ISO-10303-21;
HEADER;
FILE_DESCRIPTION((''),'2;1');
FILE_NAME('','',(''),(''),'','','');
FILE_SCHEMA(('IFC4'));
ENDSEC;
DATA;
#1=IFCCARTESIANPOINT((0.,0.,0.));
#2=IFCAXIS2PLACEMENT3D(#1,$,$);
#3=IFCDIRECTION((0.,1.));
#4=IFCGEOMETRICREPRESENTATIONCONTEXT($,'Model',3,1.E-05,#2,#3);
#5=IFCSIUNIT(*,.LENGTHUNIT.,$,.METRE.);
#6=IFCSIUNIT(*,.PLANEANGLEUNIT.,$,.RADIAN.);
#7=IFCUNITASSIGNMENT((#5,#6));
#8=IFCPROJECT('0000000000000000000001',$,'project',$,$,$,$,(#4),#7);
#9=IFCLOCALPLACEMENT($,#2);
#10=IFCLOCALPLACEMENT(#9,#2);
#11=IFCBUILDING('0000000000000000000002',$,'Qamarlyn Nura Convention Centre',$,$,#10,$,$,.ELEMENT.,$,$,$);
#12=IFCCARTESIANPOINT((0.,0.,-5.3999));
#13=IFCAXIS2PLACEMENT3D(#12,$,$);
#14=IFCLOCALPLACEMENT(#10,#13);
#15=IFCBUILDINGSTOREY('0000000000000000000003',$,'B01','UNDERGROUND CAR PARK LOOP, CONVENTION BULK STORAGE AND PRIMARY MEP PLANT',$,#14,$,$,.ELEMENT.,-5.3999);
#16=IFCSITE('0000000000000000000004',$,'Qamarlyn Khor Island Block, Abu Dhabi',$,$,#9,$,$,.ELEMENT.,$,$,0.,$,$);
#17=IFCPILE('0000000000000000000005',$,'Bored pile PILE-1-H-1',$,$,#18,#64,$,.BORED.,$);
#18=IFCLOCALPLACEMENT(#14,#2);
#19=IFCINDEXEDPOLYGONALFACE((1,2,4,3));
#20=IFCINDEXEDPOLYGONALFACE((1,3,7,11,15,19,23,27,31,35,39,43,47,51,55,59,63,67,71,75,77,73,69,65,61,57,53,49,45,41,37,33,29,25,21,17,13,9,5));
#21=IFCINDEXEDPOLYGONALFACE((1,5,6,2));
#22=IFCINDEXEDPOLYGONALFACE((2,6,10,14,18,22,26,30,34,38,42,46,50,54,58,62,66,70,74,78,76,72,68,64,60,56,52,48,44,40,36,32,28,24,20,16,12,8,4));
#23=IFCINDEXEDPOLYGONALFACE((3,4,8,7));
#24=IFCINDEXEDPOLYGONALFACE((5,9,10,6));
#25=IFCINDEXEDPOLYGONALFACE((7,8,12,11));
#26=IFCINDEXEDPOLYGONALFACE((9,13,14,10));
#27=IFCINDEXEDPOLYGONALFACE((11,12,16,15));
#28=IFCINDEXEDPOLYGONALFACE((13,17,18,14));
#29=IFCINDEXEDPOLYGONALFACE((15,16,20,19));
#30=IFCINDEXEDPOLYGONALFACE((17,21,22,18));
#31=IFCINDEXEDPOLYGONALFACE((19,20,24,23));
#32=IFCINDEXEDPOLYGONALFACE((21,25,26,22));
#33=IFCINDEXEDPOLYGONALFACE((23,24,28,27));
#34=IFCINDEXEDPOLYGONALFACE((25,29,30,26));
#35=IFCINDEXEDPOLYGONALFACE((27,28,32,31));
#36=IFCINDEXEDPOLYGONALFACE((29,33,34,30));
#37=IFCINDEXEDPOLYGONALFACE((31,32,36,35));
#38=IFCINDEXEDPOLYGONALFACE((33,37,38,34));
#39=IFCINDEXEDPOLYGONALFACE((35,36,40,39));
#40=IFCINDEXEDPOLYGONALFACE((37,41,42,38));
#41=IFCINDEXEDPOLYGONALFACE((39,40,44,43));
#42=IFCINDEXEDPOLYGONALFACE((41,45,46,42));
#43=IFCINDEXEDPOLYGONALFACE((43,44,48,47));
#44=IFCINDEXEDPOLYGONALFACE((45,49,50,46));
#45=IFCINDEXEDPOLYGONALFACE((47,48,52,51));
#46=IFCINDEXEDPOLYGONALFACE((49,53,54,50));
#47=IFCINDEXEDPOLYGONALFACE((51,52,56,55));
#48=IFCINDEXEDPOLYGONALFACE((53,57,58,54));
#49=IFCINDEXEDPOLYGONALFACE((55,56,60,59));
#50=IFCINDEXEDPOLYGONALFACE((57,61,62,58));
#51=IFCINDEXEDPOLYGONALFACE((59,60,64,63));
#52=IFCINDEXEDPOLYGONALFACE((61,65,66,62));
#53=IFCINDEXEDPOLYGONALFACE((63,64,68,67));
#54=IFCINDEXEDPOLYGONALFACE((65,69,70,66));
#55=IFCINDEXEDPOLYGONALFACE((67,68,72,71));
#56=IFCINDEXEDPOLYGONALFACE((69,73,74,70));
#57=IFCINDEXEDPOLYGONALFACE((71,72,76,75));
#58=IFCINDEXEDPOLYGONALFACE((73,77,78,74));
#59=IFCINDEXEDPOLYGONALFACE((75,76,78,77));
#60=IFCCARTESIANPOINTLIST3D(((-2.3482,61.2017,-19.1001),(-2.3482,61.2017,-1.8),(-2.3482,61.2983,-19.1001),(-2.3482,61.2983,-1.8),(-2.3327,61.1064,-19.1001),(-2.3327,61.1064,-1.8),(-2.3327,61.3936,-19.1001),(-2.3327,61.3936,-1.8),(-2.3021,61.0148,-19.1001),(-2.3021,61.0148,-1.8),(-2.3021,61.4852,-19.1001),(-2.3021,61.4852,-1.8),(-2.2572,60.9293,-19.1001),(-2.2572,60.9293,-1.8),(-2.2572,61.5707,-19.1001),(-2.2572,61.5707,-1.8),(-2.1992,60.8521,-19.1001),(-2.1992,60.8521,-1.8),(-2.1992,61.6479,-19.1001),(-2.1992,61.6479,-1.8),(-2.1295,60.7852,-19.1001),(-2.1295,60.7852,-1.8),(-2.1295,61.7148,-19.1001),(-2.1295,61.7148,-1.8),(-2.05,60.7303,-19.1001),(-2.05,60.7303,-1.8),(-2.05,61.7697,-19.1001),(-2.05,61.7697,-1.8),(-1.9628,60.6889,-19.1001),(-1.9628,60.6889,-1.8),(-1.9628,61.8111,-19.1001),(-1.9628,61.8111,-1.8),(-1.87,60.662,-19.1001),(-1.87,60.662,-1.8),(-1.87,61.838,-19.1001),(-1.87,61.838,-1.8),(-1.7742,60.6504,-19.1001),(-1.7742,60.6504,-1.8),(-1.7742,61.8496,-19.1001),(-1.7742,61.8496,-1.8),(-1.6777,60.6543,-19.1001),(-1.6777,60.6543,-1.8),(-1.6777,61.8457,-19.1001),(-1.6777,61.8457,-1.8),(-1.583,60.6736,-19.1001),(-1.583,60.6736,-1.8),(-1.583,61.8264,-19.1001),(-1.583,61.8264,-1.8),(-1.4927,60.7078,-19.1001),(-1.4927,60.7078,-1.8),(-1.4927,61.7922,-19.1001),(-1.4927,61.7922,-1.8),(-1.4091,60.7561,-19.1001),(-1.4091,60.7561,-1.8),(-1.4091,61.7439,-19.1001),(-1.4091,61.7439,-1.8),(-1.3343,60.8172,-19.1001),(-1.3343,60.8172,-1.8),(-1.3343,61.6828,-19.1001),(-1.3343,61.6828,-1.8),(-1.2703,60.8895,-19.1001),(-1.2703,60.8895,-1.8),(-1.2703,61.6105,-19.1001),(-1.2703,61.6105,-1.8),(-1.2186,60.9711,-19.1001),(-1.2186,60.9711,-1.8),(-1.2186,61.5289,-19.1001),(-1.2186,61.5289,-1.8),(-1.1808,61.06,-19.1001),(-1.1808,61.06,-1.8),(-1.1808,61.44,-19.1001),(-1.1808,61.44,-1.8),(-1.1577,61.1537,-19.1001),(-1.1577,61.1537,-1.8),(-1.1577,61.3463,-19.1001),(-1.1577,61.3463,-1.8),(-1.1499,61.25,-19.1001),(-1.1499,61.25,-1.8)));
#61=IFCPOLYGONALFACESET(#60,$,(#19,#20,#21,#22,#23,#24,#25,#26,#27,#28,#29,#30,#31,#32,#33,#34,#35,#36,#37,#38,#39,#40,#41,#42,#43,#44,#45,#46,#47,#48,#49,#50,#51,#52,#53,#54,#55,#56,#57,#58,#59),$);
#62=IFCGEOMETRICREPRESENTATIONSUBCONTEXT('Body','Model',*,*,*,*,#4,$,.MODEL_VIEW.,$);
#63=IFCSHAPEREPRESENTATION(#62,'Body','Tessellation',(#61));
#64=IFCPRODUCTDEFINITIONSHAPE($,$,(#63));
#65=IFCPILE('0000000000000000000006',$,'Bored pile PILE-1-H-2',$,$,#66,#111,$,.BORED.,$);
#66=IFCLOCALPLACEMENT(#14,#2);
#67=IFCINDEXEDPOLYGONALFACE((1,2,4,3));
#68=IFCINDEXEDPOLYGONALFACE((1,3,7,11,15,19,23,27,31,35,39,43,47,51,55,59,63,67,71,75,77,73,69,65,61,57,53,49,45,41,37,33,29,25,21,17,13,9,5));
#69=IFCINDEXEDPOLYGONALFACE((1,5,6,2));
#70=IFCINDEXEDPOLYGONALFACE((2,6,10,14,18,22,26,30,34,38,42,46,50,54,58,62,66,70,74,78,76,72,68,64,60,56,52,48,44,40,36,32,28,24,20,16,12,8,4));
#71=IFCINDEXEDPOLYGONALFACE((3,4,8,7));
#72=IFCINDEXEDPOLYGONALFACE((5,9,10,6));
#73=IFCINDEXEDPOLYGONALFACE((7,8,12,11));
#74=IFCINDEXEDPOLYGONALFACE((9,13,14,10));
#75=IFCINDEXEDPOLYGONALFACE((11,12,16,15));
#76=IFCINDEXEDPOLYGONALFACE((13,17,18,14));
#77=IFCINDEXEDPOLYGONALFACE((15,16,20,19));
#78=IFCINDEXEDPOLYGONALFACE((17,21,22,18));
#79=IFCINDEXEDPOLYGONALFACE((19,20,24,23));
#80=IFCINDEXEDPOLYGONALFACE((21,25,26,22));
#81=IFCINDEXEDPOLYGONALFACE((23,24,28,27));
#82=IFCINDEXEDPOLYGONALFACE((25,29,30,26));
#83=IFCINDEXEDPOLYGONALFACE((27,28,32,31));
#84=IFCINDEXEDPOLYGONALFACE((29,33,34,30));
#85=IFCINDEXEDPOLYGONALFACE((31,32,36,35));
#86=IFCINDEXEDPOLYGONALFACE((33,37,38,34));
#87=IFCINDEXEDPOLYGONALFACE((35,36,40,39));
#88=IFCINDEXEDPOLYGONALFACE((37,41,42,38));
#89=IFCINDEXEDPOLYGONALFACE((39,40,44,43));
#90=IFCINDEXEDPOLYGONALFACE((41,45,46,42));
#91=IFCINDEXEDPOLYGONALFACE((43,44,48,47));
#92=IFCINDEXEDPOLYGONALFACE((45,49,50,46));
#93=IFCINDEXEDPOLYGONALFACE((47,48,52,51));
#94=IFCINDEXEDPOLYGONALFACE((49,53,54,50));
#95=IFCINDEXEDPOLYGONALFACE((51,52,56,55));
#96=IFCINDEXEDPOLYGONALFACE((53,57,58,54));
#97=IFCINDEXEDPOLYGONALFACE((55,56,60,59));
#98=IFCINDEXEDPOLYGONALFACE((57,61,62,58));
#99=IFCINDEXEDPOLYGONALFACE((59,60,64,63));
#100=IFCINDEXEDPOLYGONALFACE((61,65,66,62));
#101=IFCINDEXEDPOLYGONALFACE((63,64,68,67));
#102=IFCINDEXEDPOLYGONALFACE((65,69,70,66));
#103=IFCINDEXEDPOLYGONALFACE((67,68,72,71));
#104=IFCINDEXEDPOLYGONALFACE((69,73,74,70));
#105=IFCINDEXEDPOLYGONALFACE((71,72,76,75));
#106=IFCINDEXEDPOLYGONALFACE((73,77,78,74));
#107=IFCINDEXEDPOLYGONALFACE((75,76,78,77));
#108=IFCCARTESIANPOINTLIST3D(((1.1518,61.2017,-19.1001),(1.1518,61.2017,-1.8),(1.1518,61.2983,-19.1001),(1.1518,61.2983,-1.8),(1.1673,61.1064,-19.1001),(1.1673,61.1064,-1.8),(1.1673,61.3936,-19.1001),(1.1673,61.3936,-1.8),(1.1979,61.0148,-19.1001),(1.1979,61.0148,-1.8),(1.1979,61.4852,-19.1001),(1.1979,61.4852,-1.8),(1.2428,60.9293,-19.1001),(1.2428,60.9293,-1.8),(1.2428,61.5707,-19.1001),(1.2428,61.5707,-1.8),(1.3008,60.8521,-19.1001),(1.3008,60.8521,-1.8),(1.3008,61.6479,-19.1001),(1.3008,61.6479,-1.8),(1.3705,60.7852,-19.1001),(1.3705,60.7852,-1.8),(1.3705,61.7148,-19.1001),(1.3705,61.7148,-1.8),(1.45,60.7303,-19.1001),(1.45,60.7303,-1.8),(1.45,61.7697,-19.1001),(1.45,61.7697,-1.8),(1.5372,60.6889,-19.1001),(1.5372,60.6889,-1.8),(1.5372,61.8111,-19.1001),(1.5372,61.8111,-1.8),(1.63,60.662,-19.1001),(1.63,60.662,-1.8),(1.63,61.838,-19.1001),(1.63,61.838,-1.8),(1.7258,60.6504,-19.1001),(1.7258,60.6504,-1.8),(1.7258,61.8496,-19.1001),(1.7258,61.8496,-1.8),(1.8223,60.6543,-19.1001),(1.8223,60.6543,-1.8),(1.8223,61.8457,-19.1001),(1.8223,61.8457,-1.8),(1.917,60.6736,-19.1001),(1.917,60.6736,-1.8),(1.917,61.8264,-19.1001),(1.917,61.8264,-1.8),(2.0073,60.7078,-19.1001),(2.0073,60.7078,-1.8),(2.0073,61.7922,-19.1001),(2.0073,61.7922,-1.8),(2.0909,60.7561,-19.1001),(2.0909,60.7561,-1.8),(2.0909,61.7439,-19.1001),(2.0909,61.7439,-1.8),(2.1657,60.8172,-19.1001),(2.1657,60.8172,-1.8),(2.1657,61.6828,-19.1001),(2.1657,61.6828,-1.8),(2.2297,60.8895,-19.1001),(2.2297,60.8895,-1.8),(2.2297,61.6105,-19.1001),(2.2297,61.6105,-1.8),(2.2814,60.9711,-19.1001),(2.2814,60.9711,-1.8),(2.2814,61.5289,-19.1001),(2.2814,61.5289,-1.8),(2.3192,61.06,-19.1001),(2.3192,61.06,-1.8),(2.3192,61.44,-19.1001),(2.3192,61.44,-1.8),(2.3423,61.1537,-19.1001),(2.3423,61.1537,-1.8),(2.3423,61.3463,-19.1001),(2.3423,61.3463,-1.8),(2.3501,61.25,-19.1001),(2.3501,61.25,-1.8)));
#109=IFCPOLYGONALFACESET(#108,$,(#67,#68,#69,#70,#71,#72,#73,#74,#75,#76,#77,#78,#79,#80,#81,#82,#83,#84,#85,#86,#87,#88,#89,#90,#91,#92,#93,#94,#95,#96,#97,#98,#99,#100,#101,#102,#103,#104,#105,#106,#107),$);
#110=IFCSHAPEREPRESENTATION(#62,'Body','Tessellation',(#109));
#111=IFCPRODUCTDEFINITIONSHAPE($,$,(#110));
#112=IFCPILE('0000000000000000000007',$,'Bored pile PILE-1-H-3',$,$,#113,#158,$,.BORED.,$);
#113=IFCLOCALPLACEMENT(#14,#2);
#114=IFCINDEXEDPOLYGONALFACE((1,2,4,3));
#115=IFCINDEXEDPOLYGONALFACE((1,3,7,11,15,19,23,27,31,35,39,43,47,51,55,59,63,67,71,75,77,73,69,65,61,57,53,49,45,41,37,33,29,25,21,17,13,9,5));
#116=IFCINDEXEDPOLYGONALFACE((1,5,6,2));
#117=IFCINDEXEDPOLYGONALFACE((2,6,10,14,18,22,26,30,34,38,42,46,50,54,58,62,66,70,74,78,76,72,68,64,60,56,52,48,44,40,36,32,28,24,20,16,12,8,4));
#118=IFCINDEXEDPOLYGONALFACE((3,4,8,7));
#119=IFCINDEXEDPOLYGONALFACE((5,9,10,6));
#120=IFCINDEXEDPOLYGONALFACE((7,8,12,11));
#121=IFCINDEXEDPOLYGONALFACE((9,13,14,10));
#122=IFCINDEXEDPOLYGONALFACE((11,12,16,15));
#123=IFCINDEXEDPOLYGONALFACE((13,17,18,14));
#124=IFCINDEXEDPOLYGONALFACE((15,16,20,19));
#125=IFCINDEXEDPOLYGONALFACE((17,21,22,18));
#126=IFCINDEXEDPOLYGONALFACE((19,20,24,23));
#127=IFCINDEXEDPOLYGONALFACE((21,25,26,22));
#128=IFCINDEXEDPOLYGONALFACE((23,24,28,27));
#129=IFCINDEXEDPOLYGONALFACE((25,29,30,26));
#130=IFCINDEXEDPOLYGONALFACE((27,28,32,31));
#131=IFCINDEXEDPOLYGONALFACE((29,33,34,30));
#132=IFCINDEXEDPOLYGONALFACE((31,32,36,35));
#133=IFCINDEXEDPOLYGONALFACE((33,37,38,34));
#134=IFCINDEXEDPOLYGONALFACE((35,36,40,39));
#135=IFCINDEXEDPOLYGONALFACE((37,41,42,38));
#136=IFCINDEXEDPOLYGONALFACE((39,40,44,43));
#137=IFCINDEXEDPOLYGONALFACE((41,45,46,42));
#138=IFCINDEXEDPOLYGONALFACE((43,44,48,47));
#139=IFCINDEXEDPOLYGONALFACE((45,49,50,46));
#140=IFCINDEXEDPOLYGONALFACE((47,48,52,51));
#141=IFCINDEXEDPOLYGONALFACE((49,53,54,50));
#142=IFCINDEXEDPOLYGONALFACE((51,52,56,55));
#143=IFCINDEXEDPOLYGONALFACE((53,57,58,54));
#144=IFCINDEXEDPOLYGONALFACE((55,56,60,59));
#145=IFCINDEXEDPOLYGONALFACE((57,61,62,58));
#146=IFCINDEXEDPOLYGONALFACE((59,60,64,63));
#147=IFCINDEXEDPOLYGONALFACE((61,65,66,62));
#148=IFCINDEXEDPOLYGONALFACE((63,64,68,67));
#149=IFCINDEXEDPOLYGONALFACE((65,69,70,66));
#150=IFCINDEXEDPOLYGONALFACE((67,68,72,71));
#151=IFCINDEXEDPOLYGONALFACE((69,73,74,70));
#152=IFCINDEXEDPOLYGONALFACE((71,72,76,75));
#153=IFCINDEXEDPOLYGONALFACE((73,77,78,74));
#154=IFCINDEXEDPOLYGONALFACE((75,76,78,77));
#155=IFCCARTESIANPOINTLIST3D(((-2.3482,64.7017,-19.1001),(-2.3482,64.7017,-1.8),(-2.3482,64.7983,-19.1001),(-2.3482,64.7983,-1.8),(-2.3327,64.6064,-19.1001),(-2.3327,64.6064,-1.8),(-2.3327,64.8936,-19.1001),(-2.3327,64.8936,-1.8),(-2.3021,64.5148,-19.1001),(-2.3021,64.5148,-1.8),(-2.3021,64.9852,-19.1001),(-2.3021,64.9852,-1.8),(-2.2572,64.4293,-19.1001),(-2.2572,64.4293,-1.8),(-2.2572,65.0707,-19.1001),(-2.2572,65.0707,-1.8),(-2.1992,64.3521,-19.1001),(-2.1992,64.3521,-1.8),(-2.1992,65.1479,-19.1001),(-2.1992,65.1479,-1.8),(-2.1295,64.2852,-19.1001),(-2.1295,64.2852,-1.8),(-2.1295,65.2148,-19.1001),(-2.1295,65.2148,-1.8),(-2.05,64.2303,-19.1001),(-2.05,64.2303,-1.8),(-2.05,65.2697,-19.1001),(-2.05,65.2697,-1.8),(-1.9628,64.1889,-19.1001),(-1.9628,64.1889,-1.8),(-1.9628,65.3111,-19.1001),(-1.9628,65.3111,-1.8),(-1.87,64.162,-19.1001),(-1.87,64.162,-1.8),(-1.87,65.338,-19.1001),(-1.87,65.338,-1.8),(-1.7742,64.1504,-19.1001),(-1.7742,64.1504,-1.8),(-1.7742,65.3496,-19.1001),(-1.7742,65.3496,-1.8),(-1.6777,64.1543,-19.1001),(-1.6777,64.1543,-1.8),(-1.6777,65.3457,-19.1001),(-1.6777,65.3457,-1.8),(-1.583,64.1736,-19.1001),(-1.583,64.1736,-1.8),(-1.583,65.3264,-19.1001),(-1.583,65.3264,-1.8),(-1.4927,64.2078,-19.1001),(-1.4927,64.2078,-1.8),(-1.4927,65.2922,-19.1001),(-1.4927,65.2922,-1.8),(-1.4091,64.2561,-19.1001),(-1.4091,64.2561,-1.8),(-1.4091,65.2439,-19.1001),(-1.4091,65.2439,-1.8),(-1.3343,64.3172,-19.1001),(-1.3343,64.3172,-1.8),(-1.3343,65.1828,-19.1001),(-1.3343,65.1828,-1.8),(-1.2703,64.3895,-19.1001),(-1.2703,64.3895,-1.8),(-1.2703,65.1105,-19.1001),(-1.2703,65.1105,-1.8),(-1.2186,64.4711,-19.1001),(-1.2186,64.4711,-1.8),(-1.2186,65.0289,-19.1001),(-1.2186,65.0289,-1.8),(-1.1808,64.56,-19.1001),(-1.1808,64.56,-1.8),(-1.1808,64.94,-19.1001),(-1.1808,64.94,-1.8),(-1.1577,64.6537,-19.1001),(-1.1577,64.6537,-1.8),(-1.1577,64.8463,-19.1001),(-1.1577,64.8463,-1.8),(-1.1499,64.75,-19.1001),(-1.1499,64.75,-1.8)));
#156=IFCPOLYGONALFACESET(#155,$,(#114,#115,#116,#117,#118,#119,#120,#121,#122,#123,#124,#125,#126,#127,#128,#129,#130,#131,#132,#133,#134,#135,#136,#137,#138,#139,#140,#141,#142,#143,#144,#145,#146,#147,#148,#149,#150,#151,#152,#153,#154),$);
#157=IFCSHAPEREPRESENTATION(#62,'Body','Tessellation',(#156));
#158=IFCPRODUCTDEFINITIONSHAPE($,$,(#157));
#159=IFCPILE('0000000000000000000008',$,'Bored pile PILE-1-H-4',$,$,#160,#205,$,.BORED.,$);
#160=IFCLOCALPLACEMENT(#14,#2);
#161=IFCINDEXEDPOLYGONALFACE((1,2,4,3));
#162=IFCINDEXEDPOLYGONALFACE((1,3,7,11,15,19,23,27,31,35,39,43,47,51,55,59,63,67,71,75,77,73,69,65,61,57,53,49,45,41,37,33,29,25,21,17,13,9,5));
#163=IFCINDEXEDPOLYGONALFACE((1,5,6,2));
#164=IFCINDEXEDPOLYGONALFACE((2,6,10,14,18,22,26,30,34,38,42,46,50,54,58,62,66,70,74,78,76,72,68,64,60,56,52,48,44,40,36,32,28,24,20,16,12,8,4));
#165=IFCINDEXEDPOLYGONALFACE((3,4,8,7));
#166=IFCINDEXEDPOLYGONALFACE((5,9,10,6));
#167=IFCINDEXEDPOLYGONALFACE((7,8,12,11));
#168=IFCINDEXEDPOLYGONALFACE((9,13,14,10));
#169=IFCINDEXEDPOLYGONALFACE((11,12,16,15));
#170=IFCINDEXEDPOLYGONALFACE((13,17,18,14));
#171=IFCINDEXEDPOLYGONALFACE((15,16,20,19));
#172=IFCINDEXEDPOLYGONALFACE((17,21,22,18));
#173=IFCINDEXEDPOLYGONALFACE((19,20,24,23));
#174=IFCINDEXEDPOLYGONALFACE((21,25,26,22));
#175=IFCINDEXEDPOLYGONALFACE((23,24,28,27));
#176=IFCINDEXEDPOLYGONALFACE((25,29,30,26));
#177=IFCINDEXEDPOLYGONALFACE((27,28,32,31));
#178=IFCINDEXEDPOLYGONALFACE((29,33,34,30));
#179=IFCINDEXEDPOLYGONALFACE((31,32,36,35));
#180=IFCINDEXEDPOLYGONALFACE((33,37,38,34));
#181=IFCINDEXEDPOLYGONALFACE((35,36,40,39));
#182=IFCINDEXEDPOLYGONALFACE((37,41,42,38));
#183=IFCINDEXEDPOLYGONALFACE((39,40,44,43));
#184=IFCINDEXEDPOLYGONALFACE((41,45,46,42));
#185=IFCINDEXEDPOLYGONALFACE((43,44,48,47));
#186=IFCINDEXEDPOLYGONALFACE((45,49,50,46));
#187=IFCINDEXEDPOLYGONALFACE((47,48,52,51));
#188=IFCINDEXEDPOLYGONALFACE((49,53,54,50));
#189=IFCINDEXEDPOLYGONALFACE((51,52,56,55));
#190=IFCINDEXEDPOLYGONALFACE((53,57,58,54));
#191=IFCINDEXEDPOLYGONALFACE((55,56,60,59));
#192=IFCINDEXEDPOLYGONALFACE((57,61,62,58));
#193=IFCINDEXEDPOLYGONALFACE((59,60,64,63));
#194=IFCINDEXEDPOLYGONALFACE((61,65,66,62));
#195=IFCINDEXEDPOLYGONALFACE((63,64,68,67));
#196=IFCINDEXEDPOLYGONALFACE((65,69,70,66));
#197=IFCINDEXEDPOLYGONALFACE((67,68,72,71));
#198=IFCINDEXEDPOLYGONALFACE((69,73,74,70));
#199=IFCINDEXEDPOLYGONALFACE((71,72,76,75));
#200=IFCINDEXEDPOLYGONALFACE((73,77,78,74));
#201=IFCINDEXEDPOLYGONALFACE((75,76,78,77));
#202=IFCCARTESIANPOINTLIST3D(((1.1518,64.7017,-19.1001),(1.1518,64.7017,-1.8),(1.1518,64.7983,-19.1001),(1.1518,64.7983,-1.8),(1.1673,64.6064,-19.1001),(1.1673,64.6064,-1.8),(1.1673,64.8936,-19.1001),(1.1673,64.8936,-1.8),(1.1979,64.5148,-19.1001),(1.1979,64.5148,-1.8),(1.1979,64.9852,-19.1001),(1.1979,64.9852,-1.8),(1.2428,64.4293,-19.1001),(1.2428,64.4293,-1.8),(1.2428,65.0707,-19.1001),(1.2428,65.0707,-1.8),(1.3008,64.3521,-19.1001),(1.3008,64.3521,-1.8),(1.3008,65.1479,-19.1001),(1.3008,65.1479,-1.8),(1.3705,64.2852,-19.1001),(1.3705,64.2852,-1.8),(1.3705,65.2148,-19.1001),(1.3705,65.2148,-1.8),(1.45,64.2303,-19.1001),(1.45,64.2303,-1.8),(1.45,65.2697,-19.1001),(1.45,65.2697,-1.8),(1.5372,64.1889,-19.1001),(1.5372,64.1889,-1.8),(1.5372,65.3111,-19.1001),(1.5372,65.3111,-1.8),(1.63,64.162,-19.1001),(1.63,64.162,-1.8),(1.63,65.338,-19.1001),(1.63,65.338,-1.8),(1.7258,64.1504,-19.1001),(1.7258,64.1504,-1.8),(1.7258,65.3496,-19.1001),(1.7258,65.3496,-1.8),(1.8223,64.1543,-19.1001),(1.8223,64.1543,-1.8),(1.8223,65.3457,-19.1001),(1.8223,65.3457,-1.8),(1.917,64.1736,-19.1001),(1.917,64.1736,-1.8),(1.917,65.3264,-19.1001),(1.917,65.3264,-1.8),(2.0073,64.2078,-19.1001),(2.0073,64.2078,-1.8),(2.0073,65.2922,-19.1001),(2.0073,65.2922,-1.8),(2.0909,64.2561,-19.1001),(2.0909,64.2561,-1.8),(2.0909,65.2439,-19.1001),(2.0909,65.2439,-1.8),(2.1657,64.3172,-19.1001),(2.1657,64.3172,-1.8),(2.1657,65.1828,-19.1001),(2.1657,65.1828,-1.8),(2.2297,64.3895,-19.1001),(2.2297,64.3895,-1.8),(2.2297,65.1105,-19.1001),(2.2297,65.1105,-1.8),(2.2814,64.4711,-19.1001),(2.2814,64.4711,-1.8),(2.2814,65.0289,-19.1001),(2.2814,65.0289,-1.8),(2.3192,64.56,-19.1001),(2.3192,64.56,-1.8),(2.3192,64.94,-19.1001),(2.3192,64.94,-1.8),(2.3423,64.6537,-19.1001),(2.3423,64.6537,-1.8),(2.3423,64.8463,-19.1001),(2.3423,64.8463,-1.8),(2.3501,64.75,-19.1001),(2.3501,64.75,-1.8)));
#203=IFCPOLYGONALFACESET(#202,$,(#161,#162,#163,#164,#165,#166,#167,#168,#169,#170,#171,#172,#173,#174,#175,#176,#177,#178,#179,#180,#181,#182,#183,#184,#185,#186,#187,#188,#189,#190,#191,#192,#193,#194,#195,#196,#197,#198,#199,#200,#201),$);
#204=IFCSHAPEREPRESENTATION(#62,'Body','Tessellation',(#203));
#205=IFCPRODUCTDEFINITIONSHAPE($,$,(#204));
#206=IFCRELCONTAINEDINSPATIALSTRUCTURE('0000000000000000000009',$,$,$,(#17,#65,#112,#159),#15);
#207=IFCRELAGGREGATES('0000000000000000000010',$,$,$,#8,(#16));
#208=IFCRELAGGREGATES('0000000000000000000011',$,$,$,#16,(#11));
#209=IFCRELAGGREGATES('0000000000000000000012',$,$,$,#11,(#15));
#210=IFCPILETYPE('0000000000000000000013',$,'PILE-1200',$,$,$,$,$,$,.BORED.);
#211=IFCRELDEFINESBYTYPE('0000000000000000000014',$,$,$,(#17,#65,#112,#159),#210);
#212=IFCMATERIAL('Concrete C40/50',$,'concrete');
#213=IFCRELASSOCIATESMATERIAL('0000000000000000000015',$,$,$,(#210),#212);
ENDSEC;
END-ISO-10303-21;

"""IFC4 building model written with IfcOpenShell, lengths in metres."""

from ifc_helpers import new_model, si_unit, direction, frame, origin, origin_2d, place, context, subcontext, project, spatial, circle, extrude, material, material_profile, profile_set, type_object, element, save


model = new_model("IFC4")

# Units and contexts
model_context = context("Model", 3, precision=1e-05, world=origin(), true_north=direction((0.0, 1.0)))
body_context = subcontext(model_context, "Body", "Model", "MODEL_VIEW")
ifc_project = project(units=[si_unit("LENGTHUNIT", "METRE"), si_unit("PLANEANGLEUNIT", "RADIAN")], contexts=[model_context])

# Site, building, storey
site_placement = place(None, origin())
site = spatial("IfcSite", under=ifc_project, at=site_placement, Name="Qamarlyn Khor Island Block, Abu Dhabi", CompositionType="ELEMENT", RefElevation=0.0)
building_placement = place(site_placement, origin())
building = spatial("IfcBuilding", under=site, at=building_placement, Name="Qamarlyn Nura Convention Centre", CompositionType="ELEMENT")
storey_placement = place(building_placement, frame((0.0, 0.0, -5.3999)))
storey = spatial("IfcBuildingStorey", under=building, at=storey_placement, Name="B01", Description="UNDERGROUND CAR PARK LOOP, CONVENTION BULK STORAGE AND PRIMARY MEP PLANT", CompositionType="ELEMENT", Elevation=-5.3999)

# Shared definitions
ifc_material_1 = material(Name="Concrete C40/50", Category="concrete")

# Piles
ifc_material_profile_1 = material_profile(ifc_material_1, circle(Radius=0.6001, at=origin_2d()), Name="BORED PILE 1200")
ifc_profile_set_1 = profile_set([ifc_material_profile_1], Name="Concrete C40/50")
pile_type = type_object("IfcPileType", Name="PILE-1200", PredefinedType="BORED", material=ifc_profile_set_1)
for number, where, z_axis, x_axis, name in (
    (1, (-1.75, 61.25, -1.8), (0.0, 0.0, -1.0), (1.0, 0.0, 0.0), "Bored pile PILE-1-H-1"),
    (2, (1.75, 61.25, -1.8), (0.0, 0.0, -1.0), (1.0, 0.0, 0.0), "Bored pile PILE-1-H-2"),
    (3, (-1.75, 64.75, -1.8), (0.0, 0.0, -1.0), (1.0, 0.0, 0.0), "Bored pile PILE-1-H-3"),
    (4, (1.75, 64.75, -1.8), (0.0, 0.0, -1.0), (1.0, 0.0, 0.0), "Bored pile PILE-1-H-4"),
):
    element("IfcPile", number, at=place(storey_placement, frame(where, z_axis=z_axis, x_axis=x_axis)), inside=storey, type_object=pile_type, Name=name, PredefinedType="BORED", context=body_context, shape_type="SweptSolid", body=[
        extrude(circle(Radius=0.6001, at=origin_2d()), origin(), (0.0, 0.0, 1.0), 17.3),
    ])

save(model, "model.ifc")
